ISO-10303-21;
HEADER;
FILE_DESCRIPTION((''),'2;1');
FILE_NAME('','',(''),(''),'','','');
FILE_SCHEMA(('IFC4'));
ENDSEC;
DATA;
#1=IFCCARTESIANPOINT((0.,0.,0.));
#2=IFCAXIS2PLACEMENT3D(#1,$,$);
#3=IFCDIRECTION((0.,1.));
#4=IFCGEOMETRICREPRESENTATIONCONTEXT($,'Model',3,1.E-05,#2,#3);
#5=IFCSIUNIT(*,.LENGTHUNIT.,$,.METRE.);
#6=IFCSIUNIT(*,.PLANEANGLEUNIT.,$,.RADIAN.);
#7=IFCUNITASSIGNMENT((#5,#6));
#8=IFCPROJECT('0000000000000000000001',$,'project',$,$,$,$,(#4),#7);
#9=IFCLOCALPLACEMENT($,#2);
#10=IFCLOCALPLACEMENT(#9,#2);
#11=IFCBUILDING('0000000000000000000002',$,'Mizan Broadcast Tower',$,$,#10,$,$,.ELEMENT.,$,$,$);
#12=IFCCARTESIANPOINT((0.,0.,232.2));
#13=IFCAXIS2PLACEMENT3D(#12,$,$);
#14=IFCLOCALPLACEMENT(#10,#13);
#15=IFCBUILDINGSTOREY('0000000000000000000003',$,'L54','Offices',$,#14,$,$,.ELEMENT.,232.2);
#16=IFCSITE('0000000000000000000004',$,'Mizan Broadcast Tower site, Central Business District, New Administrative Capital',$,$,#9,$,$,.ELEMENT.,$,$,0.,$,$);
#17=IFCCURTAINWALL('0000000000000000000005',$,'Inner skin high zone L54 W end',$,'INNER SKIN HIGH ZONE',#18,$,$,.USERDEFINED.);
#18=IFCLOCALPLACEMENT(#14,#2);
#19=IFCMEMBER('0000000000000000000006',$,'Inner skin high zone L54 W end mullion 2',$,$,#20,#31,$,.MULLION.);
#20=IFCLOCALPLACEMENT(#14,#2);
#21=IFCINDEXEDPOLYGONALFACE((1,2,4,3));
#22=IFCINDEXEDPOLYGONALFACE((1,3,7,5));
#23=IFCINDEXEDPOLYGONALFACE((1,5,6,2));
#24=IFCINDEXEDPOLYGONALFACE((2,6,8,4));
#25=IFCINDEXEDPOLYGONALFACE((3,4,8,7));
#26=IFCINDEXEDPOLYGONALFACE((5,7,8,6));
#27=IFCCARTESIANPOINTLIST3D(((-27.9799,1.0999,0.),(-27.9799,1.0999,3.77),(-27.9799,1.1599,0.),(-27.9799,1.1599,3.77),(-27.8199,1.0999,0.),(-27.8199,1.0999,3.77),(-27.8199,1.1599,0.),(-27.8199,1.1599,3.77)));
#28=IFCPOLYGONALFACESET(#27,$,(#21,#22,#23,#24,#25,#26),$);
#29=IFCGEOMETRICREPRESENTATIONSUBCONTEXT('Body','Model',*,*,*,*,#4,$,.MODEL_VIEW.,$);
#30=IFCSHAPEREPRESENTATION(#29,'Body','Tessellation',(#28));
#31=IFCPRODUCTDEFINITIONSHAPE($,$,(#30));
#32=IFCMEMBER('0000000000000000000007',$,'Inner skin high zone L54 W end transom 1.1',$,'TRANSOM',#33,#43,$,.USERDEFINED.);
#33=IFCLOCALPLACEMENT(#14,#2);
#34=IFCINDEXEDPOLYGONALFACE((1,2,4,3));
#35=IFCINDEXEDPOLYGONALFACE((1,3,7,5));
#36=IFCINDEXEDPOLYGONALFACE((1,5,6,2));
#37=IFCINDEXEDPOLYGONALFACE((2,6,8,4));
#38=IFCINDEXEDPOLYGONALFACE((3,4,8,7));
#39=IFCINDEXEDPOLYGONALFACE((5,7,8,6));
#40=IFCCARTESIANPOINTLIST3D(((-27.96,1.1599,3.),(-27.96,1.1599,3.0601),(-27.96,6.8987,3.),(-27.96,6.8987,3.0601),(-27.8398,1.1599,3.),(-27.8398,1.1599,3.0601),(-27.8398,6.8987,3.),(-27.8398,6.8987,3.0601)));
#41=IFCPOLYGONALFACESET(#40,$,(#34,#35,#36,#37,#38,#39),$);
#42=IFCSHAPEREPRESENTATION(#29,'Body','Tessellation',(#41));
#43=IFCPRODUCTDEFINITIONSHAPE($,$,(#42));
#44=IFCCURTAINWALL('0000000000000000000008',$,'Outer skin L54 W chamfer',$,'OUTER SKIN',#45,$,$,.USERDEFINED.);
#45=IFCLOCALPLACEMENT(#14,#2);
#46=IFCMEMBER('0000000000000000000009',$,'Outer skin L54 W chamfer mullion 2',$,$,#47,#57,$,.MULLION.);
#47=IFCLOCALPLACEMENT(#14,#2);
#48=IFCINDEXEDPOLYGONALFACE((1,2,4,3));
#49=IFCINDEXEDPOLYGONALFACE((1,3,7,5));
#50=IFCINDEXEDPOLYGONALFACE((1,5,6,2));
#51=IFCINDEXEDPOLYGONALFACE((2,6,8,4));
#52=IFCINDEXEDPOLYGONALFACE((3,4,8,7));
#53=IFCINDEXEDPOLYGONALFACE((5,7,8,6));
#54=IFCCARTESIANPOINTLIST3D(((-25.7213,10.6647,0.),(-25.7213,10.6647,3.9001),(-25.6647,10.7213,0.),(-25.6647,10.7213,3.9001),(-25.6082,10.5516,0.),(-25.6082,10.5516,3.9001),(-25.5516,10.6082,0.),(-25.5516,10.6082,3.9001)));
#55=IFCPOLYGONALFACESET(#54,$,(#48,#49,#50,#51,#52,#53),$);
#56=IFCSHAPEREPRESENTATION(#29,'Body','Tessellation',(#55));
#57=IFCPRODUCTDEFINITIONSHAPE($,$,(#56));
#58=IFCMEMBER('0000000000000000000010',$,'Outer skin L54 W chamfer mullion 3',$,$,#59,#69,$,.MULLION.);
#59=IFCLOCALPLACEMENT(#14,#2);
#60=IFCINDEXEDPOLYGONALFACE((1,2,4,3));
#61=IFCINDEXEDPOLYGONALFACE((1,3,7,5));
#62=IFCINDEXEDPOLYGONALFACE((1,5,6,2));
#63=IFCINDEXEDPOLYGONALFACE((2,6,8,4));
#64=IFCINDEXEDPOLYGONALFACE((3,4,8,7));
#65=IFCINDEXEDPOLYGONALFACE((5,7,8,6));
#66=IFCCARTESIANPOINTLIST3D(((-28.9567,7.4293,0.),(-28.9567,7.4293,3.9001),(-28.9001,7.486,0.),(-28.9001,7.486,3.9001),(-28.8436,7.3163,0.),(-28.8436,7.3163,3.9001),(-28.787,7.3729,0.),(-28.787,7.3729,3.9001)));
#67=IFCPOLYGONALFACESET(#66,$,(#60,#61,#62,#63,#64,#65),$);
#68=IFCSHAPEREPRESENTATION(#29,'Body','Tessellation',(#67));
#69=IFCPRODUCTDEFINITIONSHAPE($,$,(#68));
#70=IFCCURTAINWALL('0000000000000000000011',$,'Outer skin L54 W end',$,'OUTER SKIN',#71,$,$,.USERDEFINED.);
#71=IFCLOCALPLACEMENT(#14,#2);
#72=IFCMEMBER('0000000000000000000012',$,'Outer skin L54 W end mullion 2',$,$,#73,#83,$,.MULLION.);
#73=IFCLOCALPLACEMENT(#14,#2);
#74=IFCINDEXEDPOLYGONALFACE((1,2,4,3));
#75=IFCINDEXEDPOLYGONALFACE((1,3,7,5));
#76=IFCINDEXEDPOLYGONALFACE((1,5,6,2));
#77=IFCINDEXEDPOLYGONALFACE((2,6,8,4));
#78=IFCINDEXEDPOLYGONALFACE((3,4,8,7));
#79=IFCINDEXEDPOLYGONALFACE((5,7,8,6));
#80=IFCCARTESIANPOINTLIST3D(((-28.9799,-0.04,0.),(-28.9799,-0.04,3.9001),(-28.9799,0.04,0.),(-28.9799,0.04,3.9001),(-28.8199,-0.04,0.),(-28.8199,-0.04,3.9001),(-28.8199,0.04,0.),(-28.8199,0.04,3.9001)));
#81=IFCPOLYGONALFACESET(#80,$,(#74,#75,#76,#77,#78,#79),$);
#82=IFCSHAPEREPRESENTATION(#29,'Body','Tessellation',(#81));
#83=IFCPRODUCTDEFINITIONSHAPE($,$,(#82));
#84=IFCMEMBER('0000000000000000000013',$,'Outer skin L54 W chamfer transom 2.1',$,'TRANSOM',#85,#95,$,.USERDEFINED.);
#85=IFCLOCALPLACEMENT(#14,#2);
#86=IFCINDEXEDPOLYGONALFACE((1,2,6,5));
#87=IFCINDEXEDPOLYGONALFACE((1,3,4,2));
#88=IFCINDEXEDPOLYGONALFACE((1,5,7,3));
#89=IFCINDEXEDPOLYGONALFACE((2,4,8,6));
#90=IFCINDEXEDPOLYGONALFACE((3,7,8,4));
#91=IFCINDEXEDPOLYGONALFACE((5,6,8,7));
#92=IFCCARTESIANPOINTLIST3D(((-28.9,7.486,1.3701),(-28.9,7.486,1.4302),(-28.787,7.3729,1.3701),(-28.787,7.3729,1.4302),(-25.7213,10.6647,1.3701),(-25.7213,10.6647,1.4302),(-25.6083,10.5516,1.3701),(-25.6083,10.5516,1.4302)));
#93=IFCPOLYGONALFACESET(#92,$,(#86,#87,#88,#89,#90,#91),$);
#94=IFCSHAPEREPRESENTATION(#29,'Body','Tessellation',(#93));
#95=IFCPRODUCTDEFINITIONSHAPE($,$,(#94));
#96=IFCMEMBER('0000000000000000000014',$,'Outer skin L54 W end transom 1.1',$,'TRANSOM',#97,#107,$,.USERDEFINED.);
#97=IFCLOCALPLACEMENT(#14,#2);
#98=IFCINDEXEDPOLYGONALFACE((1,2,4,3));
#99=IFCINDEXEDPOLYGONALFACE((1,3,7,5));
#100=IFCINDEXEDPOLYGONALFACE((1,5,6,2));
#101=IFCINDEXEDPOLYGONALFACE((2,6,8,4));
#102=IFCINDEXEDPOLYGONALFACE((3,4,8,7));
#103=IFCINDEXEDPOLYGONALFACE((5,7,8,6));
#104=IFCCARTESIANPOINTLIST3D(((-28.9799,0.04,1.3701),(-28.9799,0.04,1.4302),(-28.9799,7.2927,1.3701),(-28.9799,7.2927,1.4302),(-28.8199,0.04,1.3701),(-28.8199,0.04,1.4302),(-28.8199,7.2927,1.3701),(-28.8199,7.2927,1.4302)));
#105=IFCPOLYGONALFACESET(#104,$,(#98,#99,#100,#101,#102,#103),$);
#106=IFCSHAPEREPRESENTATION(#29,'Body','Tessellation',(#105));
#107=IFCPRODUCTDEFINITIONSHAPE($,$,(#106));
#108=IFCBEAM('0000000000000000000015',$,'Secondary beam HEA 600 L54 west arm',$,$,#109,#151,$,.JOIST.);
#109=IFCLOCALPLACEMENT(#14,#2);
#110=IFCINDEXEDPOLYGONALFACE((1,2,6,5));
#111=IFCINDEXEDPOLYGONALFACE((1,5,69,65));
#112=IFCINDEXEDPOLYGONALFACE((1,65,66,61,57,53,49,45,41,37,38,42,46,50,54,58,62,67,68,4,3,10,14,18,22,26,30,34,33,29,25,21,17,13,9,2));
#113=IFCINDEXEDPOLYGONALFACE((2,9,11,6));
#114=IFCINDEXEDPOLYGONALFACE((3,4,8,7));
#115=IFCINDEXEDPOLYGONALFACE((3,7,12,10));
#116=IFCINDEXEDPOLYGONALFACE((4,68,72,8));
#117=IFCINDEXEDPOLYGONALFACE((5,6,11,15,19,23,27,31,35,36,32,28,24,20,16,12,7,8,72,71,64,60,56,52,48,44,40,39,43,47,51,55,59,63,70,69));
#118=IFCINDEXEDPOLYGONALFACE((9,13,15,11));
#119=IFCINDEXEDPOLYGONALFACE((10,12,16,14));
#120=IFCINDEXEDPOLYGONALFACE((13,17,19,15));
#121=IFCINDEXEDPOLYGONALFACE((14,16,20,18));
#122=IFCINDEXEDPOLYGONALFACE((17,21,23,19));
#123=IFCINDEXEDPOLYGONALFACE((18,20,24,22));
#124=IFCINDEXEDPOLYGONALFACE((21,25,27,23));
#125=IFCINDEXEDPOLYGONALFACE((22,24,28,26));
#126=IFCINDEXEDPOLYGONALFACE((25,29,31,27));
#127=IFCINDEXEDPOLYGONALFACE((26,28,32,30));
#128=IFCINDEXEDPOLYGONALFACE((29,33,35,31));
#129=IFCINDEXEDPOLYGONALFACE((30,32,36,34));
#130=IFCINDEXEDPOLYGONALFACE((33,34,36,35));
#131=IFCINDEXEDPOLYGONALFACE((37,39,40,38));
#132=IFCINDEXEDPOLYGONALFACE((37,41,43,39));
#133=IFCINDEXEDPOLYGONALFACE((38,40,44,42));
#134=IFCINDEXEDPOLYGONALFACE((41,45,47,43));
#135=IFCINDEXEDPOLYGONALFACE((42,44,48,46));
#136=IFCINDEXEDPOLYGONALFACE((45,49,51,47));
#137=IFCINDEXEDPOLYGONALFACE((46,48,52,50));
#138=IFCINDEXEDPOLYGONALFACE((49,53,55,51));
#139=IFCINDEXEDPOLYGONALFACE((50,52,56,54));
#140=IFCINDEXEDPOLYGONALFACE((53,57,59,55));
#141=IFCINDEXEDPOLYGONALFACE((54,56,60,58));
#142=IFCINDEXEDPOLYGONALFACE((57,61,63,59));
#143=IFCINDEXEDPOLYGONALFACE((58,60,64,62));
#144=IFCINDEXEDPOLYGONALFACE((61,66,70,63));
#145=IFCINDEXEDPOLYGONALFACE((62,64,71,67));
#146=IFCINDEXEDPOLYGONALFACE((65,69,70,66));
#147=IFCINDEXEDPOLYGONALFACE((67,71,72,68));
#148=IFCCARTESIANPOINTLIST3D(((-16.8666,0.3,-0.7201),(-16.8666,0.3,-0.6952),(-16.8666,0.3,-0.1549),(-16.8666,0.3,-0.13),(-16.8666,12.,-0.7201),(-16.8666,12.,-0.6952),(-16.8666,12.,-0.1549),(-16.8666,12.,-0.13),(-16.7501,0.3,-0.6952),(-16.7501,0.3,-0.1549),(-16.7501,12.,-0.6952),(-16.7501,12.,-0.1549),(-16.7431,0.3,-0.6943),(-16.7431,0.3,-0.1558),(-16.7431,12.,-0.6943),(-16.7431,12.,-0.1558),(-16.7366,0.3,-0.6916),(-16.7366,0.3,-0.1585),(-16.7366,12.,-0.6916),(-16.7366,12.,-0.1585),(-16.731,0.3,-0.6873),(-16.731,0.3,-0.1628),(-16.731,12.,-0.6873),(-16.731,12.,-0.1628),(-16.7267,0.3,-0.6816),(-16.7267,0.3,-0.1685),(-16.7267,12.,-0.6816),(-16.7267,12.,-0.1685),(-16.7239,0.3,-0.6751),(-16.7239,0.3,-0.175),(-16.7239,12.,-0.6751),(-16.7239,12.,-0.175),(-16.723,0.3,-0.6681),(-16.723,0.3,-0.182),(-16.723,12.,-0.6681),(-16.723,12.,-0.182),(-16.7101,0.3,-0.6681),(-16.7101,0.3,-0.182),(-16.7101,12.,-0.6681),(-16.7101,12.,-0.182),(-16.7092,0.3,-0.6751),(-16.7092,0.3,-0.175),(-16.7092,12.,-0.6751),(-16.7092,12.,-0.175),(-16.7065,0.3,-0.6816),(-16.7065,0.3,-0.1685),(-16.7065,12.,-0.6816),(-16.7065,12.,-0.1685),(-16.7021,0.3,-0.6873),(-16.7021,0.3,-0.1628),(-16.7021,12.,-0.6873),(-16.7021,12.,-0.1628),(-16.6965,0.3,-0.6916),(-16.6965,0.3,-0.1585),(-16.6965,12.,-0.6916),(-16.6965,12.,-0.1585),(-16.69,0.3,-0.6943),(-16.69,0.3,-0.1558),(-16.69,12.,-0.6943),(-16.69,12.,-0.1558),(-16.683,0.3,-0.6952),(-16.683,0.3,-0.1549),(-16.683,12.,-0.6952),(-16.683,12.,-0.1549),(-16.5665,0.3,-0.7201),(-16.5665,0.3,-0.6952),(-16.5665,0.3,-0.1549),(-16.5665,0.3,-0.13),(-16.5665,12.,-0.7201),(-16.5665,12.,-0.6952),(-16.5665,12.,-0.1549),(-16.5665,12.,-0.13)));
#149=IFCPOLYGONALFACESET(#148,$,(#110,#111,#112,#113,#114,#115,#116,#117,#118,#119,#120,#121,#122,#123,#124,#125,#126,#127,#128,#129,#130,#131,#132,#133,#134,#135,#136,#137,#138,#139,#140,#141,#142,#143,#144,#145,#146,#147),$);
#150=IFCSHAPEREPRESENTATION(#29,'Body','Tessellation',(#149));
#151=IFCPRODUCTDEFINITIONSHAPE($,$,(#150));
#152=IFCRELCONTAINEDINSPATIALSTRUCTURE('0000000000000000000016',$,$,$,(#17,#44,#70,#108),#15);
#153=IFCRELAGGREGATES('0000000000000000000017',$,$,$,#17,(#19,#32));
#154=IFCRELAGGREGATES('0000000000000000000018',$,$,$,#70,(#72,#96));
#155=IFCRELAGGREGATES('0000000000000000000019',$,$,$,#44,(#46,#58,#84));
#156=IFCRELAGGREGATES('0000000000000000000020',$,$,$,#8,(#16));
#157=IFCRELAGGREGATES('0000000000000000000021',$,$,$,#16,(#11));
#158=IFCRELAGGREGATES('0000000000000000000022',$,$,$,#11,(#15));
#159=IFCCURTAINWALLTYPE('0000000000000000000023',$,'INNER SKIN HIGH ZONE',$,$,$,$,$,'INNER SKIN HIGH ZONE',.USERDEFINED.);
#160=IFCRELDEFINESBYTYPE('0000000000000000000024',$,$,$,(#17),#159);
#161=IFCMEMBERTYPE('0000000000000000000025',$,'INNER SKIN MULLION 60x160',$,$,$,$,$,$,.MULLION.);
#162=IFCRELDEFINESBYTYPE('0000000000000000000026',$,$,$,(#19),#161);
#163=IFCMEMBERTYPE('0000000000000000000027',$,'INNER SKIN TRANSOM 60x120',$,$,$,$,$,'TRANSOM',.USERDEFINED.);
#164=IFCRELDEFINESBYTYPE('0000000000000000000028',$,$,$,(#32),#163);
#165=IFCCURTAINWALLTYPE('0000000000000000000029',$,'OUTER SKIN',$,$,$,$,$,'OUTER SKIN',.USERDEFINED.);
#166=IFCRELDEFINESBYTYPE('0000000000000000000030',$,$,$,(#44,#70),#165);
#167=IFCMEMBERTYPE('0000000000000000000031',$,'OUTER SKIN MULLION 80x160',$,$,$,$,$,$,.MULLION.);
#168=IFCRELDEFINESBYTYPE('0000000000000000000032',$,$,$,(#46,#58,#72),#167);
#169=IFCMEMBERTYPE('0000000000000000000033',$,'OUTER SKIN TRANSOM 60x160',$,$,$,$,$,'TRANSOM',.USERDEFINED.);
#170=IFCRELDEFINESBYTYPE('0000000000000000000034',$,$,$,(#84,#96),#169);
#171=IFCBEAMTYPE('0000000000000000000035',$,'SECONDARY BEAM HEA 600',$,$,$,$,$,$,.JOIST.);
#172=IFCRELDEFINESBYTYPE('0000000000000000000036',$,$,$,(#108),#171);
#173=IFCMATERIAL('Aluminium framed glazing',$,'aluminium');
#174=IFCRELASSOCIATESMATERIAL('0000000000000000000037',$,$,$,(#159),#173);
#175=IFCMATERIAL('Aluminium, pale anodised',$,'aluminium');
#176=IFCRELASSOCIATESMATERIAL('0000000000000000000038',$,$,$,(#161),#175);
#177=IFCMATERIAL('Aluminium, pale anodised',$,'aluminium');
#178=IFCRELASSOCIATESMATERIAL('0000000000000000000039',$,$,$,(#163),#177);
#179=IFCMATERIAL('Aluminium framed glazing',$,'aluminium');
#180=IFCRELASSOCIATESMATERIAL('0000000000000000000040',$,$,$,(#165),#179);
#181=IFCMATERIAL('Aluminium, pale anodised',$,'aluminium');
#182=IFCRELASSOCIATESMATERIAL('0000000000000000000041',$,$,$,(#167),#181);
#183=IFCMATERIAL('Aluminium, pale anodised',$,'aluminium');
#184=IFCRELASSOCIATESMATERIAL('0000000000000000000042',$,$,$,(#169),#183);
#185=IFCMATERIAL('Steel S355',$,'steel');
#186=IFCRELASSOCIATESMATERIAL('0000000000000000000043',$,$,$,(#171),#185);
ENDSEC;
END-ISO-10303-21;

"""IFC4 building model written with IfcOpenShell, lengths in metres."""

from ifc_helpers import new_model, si_unit, direction, frame, origin, origin_2d, place, context, subcontext, project, spatial, rectangle, i_section, extrude, material, material_profile, profile_set, type_object, element, aggregate, save


model = new_model("IFC4")

# Units and contexts
model_context = context("Model", 3, precision=1e-05, world=origin(), true_north=direction((0.0, 1.0)))
body_context = subcontext(model_context, "Body", "Model", "MODEL_VIEW")
ifc_project = project(units=[si_unit("LENGTHUNIT", "METRE"), si_unit("PLANEANGLEUNIT", "RADIAN")], contexts=[model_context])

# Site, building, storey
site_placement = place(None, origin())
site = spatial("IfcSite", under=ifc_project, at=site_placement, Name="Mizan Broadcast Tower site, Central Business District, New Administrative Capital", CompositionType="ELEMENT", RefElevation=0.0)
building_placement = place(site_placement, origin())
building = spatial("IfcBuilding", under=site, at=building_placement, Name="Mizan Broadcast Tower", CompositionType="ELEMENT")
storey_placement = place(building_placement, frame((0.0, 0.0, 232.2)))
storey = spatial("IfcBuildingStorey", under=building, at=storey_placement, Name="L54", Description="Offices", CompositionType="ELEMENT", Elevation=232.2)

# Shared definitions
ifc_material_1 = material(Name="Aluminium framed glazing", Category="aluminium")
curtain_wall_type_1 = type_object("IfcCurtainWallType", Name="INNER SKIN HIGH ZONE", ElementType="INNER SKIN HIGH ZONE", PredefinedType="USERDEFINED", material=ifc_material_1)
ifc_material_2 = material(Name="Aluminium, pale anodised", Category="aluminium")
ifc_material_profile_1 = material_profile(ifc_material_2, rectangle(XDim=0.1599, YDim=0.0601, at=origin_2d()), Name="MULLION 160x60")
ifc_profile_set_1 = profile_set([ifc_material_profile_1], Name="Aluminium, pale anodised")
member_type_1 = type_object("IfcMemberType", Name="INNER SKIN MULLION 60x160", PredefinedType="MULLION", material=ifc_profile_set_1)

# Curtain walls, members
curtain_wall_1_placement = place(storey_placement, origin())
curtain_wall_1 = element("IfcCurtainWall", 1, at=curtain_wall_1_placement, inside=storey, type_object=curtain_wall_type_1, Name="Inner skin high zone L54 W end", ObjectType="INNER SKIN HIGH ZONE", PredefinedType="USERDEFINED")
member_1_placement = place(storey_placement, frame((-27.8999, 1.1299, 0.0), z_axis=(0.0, 0.0, 1.0), x_axis=(1.0, 0.0, 0.0)))
member_1 = element("IfcMember", 2, at=member_1_placement, type_object=member_type_1, Name="Inner skin high zone L54 W end mullion 2", PredefinedType="MULLION", context=body_context, shape_type="SweptSolid", body=[
    extrude(rectangle(XDim=0.1599, YDim=0.0601, at=origin_2d()), origin(), (0.0, 0.0, 1.0), 3.77),
])
ifc_material_3 = material(Name="Aluminium, pale anodised", Category="aluminium")
ifc_material_profile_2 = material_profile(ifc_material_3, rectangle(XDim=0.1201, YDim=0.0601, at=origin_2d()), Name="TRANSOM 120x60")
ifc_profile_set_2 = profile_set([ifc_material_profile_2], Name="Aluminium, pale anodised")
member_type_2 = type_object("IfcMemberType", Name="INNER SKIN TRANSOM 60x120", ElementType="TRANSOM", PredefinedType="USERDEFINED", material=ifc_profile_set_2)
member_2_placement = place(storey_placement, frame((-27.8999, 6.8987, 3.03), z_axis=(0.0, -1.0, 0.0), x_axis=(1.0, 0.0, 0.0)))
member_2 = element("IfcMember", 3, at=member_2_placement, type_object=member_type_2, Name="Inner skin high zone L54 W end transom 1.1", ObjectType="TRANSOM", PredefinedType="USERDEFINED", context=body_context, shape_type="SweptSolid", body=[
    extrude(rectangle(XDim=0.1201, YDim=0.0601, at=origin_2d()), origin(), (0.0, 0.0, 1.0), 5.7388),
])
ifc_material_4 = material(Name="Aluminium framed glazing", Category="aluminium")
curtain_wall_type_2 = type_object("IfcCurtainWallType", Name="OUTER SKIN", ElementType="OUTER SKIN", PredefinedType="USERDEFINED", material=ifc_material_4)
curtain_wall_2_placement = place(storey_placement, origin())
curtain_wall_2 = element("IfcCurtainWall", 4, at=curtain_wall_2_placement, inside=storey, type_object=curtain_wall_type_2, Name="Outer skin L54 W chamfer", ObjectType="OUTER SKIN", PredefinedType="USERDEFINED")
ifc_material_5 = material(Name="Aluminium, pale anodised", Category="aluminium")
ifc_material_profile_3 = material_profile(ifc_material_5, rectangle(XDim=0.1599, YDim=0.0801, at=origin_2d()), Name="MULLION 160x80")
ifc_profile_set_3 = profile_set([ifc_material_profile_3], Name="Aluminium, pale anodised")
member_type_3 = type_object("IfcMemberType", Name="OUTER SKIN MULLION 80x160", PredefinedType="MULLION", material=ifc_profile_set_3)
member_3_placement = place(storey_placement, frame((-25.6365, 10.6365, 0.0), z_axis=(0.0, 0.0, 1.0), x_axis=(0.707107, -0.707107, 0.0)))
member_3 = element("IfcMember", 5, at=member_3_placement, type_object=member_type_3, Name="Outer skin L54 W chamfer mullion 2", PredefinedType="MULLION", context=body_context, shape_type="SweptSolid", body=[
    extrude(rectangle(XDim=0.1599, YDim=0.0801, at=origin_2d()), origin(), (0.0, 0.0, 1.0), 3.9001),
])
member_4_placement = place(storey_placement, frame((-28.8718, 7.4011, 0.0), z_axis=(0.0, 0.0, 1.0), x_axis=(0.707107, -0.707107, 0.0)))
member_4 = element("IfcMember", 6, at=member_4_placement, type_object=member_type_3, Name="Outer skin L54 W chamfer mullion 3", PredefinedType="MULLION", context=body_context, shape_type="SweptSolid", body=[
    extrude(rectangle(XDim=0.1599, YDim=0.0801, at=origin_2d()), origin(), (0.0, 0.0, 1.0), 3.9001),
])

# Curtain wall, member
curtain_wall_3_placement = place(storey_placement, origin())
curtain_wall_3 = element("IfcCurtainWall", 7, at=curtain_wall_3_placement, inside=storey, type_object=curtain_wall_type_2, Name="Outer skin L54 W end", ObjectType="OUTER SKIN", PredefinedType="USERDEFINED")
member_5_placement = place(storey_placement, frame((-28.8999, 0.0, 0.0), z_axis=(0.0, 0.0, 1.0), x_axis=(1.0, 0.0, 0.0)))
member_5 = element("IfcMember", 8, at=member_5_placement, type_object=member_type_3, Name="Outer skin L54 W end mullion 2", PredefinedType="MULLION", context=body_context, shape_type="SweptSolid", body=[
    extrude(rectangle(XDim=0.1599, YDim=0.0801, at=origin_2d()), origin(), (0.0, 0.0, 1.0), 3.9001),
])

# Members
ifc_material_6 = material(Name="Aluminium, pale anodised", Category="aluminium")
ifc_material_profile_4 = material_profile(ifc_material_6, rectangle(XDim=0.1599, YDim=0.0601, at=origin_2d()), Name="TRANSOM 160x60")
ifc_profile_set_4 = profile_set([ifc_material_profile_4], Name="Aluminium, pale anodised")
member_type_4 = type_object("IfcMemberType", Name="OUTER SKIN TRANSOM 60x160", ElementType="TRANSOM", PredefinedType="USERDEFINED", material=ifc_profile_set_4)
member_6_placement = place(storey_placement, frame((-25.6648, 10.6082, 1.4001), z_axis=(-0.707107, -0.707107, 0.0), x_axis=(0.707107, -0.707107, 0.0)))
member_6 = element("IfcMember", 9, at=member_6_placement, type_object=member_type_4, Name="Outer skin L54 W chamfer transom 2.1", ObjectType="TRANSOM", PredefinedType="USERDEFINED", context=body_context, shape_type="SweptSolid", body=[
    extrude(rectangle(XDim=0.1599, YDim=0.0601, at=origin_2d()), origin(), (0.0, 0.0, 1.0), 4.4954),
])
member_7_placement = place(storey_placement, frame((-28.8999, 7.2927, 1.4001), z_axis=(0.0, -1.0, 0.0), x_axis=(1.0, 0.0, 0.0)))
member_7 = element("IfcMember", 10, at=member_7_placement, type_object=member_type_4, Name="Outer skin L54 W end transom 1.1", ObjectType="TRANSOM", PredefinedType="USERDEFINED", context=body_context, shape_type="SweptSolid", body=[
    extrude(rectangle(XDim=0.1599, YDim=0.0601, at=origin_2d()), origin(), (0.0, 0.0, 1.0), 7.2527),
])

# Beam
ifc_material_7 = material(Name="Steel S355", Category="steel")
ifc_material_profile_5 = material_profile(ifc_material_7, i_section(OverallWidth=0.3, OverallDepth=0.5901, WebThickness=0.0129, FlangeThickness=0.0249, FilletRadius=0.0271, at=origin_2d()), Name="HEA 600")
ifc_profile_set_5 = profile_set([ifc_material_profile_5], Name="Steel S355")
beam_type_1 = type_object("IfcBeamType", Name="SECONDARY BEAM HEA 600", PredefinedType="JOIST", material=ifc_profile_set_5)
beam_1_placement = place(storey_placement, frame((-16.7166, 12.0, -0.425), z_axis=(0.0, -1.0, 0.0), x_axis=(1.0, 0.0, 0.0)))
element("IfcBeam", 11, at=beam_1_placement, inside=storey, type_object=beam_type_1, Name="Secondary beam HEA 600 L54 west arm", PredefinedType="JOIST", context=body_context, shape_type="SweptSolid", body=[
    extrude(i_section(OverallWidth=0.3, OverallDepth=0.5901, WebThickness=0.0129, FlangeThickness=0.0249, FilletRadius=0.0271, at=origin_2d()), origin(), (0.0, 0.0, 1.0), 11.7),
])

aggregate(curtain_wall_1, [member_1, member_2])
aggregate(curtain_wall_3, [member_5, member_7])
aggregate(curtain_wall_2, [member_3, member_4, member_6])

save(model, "model.ifc")
